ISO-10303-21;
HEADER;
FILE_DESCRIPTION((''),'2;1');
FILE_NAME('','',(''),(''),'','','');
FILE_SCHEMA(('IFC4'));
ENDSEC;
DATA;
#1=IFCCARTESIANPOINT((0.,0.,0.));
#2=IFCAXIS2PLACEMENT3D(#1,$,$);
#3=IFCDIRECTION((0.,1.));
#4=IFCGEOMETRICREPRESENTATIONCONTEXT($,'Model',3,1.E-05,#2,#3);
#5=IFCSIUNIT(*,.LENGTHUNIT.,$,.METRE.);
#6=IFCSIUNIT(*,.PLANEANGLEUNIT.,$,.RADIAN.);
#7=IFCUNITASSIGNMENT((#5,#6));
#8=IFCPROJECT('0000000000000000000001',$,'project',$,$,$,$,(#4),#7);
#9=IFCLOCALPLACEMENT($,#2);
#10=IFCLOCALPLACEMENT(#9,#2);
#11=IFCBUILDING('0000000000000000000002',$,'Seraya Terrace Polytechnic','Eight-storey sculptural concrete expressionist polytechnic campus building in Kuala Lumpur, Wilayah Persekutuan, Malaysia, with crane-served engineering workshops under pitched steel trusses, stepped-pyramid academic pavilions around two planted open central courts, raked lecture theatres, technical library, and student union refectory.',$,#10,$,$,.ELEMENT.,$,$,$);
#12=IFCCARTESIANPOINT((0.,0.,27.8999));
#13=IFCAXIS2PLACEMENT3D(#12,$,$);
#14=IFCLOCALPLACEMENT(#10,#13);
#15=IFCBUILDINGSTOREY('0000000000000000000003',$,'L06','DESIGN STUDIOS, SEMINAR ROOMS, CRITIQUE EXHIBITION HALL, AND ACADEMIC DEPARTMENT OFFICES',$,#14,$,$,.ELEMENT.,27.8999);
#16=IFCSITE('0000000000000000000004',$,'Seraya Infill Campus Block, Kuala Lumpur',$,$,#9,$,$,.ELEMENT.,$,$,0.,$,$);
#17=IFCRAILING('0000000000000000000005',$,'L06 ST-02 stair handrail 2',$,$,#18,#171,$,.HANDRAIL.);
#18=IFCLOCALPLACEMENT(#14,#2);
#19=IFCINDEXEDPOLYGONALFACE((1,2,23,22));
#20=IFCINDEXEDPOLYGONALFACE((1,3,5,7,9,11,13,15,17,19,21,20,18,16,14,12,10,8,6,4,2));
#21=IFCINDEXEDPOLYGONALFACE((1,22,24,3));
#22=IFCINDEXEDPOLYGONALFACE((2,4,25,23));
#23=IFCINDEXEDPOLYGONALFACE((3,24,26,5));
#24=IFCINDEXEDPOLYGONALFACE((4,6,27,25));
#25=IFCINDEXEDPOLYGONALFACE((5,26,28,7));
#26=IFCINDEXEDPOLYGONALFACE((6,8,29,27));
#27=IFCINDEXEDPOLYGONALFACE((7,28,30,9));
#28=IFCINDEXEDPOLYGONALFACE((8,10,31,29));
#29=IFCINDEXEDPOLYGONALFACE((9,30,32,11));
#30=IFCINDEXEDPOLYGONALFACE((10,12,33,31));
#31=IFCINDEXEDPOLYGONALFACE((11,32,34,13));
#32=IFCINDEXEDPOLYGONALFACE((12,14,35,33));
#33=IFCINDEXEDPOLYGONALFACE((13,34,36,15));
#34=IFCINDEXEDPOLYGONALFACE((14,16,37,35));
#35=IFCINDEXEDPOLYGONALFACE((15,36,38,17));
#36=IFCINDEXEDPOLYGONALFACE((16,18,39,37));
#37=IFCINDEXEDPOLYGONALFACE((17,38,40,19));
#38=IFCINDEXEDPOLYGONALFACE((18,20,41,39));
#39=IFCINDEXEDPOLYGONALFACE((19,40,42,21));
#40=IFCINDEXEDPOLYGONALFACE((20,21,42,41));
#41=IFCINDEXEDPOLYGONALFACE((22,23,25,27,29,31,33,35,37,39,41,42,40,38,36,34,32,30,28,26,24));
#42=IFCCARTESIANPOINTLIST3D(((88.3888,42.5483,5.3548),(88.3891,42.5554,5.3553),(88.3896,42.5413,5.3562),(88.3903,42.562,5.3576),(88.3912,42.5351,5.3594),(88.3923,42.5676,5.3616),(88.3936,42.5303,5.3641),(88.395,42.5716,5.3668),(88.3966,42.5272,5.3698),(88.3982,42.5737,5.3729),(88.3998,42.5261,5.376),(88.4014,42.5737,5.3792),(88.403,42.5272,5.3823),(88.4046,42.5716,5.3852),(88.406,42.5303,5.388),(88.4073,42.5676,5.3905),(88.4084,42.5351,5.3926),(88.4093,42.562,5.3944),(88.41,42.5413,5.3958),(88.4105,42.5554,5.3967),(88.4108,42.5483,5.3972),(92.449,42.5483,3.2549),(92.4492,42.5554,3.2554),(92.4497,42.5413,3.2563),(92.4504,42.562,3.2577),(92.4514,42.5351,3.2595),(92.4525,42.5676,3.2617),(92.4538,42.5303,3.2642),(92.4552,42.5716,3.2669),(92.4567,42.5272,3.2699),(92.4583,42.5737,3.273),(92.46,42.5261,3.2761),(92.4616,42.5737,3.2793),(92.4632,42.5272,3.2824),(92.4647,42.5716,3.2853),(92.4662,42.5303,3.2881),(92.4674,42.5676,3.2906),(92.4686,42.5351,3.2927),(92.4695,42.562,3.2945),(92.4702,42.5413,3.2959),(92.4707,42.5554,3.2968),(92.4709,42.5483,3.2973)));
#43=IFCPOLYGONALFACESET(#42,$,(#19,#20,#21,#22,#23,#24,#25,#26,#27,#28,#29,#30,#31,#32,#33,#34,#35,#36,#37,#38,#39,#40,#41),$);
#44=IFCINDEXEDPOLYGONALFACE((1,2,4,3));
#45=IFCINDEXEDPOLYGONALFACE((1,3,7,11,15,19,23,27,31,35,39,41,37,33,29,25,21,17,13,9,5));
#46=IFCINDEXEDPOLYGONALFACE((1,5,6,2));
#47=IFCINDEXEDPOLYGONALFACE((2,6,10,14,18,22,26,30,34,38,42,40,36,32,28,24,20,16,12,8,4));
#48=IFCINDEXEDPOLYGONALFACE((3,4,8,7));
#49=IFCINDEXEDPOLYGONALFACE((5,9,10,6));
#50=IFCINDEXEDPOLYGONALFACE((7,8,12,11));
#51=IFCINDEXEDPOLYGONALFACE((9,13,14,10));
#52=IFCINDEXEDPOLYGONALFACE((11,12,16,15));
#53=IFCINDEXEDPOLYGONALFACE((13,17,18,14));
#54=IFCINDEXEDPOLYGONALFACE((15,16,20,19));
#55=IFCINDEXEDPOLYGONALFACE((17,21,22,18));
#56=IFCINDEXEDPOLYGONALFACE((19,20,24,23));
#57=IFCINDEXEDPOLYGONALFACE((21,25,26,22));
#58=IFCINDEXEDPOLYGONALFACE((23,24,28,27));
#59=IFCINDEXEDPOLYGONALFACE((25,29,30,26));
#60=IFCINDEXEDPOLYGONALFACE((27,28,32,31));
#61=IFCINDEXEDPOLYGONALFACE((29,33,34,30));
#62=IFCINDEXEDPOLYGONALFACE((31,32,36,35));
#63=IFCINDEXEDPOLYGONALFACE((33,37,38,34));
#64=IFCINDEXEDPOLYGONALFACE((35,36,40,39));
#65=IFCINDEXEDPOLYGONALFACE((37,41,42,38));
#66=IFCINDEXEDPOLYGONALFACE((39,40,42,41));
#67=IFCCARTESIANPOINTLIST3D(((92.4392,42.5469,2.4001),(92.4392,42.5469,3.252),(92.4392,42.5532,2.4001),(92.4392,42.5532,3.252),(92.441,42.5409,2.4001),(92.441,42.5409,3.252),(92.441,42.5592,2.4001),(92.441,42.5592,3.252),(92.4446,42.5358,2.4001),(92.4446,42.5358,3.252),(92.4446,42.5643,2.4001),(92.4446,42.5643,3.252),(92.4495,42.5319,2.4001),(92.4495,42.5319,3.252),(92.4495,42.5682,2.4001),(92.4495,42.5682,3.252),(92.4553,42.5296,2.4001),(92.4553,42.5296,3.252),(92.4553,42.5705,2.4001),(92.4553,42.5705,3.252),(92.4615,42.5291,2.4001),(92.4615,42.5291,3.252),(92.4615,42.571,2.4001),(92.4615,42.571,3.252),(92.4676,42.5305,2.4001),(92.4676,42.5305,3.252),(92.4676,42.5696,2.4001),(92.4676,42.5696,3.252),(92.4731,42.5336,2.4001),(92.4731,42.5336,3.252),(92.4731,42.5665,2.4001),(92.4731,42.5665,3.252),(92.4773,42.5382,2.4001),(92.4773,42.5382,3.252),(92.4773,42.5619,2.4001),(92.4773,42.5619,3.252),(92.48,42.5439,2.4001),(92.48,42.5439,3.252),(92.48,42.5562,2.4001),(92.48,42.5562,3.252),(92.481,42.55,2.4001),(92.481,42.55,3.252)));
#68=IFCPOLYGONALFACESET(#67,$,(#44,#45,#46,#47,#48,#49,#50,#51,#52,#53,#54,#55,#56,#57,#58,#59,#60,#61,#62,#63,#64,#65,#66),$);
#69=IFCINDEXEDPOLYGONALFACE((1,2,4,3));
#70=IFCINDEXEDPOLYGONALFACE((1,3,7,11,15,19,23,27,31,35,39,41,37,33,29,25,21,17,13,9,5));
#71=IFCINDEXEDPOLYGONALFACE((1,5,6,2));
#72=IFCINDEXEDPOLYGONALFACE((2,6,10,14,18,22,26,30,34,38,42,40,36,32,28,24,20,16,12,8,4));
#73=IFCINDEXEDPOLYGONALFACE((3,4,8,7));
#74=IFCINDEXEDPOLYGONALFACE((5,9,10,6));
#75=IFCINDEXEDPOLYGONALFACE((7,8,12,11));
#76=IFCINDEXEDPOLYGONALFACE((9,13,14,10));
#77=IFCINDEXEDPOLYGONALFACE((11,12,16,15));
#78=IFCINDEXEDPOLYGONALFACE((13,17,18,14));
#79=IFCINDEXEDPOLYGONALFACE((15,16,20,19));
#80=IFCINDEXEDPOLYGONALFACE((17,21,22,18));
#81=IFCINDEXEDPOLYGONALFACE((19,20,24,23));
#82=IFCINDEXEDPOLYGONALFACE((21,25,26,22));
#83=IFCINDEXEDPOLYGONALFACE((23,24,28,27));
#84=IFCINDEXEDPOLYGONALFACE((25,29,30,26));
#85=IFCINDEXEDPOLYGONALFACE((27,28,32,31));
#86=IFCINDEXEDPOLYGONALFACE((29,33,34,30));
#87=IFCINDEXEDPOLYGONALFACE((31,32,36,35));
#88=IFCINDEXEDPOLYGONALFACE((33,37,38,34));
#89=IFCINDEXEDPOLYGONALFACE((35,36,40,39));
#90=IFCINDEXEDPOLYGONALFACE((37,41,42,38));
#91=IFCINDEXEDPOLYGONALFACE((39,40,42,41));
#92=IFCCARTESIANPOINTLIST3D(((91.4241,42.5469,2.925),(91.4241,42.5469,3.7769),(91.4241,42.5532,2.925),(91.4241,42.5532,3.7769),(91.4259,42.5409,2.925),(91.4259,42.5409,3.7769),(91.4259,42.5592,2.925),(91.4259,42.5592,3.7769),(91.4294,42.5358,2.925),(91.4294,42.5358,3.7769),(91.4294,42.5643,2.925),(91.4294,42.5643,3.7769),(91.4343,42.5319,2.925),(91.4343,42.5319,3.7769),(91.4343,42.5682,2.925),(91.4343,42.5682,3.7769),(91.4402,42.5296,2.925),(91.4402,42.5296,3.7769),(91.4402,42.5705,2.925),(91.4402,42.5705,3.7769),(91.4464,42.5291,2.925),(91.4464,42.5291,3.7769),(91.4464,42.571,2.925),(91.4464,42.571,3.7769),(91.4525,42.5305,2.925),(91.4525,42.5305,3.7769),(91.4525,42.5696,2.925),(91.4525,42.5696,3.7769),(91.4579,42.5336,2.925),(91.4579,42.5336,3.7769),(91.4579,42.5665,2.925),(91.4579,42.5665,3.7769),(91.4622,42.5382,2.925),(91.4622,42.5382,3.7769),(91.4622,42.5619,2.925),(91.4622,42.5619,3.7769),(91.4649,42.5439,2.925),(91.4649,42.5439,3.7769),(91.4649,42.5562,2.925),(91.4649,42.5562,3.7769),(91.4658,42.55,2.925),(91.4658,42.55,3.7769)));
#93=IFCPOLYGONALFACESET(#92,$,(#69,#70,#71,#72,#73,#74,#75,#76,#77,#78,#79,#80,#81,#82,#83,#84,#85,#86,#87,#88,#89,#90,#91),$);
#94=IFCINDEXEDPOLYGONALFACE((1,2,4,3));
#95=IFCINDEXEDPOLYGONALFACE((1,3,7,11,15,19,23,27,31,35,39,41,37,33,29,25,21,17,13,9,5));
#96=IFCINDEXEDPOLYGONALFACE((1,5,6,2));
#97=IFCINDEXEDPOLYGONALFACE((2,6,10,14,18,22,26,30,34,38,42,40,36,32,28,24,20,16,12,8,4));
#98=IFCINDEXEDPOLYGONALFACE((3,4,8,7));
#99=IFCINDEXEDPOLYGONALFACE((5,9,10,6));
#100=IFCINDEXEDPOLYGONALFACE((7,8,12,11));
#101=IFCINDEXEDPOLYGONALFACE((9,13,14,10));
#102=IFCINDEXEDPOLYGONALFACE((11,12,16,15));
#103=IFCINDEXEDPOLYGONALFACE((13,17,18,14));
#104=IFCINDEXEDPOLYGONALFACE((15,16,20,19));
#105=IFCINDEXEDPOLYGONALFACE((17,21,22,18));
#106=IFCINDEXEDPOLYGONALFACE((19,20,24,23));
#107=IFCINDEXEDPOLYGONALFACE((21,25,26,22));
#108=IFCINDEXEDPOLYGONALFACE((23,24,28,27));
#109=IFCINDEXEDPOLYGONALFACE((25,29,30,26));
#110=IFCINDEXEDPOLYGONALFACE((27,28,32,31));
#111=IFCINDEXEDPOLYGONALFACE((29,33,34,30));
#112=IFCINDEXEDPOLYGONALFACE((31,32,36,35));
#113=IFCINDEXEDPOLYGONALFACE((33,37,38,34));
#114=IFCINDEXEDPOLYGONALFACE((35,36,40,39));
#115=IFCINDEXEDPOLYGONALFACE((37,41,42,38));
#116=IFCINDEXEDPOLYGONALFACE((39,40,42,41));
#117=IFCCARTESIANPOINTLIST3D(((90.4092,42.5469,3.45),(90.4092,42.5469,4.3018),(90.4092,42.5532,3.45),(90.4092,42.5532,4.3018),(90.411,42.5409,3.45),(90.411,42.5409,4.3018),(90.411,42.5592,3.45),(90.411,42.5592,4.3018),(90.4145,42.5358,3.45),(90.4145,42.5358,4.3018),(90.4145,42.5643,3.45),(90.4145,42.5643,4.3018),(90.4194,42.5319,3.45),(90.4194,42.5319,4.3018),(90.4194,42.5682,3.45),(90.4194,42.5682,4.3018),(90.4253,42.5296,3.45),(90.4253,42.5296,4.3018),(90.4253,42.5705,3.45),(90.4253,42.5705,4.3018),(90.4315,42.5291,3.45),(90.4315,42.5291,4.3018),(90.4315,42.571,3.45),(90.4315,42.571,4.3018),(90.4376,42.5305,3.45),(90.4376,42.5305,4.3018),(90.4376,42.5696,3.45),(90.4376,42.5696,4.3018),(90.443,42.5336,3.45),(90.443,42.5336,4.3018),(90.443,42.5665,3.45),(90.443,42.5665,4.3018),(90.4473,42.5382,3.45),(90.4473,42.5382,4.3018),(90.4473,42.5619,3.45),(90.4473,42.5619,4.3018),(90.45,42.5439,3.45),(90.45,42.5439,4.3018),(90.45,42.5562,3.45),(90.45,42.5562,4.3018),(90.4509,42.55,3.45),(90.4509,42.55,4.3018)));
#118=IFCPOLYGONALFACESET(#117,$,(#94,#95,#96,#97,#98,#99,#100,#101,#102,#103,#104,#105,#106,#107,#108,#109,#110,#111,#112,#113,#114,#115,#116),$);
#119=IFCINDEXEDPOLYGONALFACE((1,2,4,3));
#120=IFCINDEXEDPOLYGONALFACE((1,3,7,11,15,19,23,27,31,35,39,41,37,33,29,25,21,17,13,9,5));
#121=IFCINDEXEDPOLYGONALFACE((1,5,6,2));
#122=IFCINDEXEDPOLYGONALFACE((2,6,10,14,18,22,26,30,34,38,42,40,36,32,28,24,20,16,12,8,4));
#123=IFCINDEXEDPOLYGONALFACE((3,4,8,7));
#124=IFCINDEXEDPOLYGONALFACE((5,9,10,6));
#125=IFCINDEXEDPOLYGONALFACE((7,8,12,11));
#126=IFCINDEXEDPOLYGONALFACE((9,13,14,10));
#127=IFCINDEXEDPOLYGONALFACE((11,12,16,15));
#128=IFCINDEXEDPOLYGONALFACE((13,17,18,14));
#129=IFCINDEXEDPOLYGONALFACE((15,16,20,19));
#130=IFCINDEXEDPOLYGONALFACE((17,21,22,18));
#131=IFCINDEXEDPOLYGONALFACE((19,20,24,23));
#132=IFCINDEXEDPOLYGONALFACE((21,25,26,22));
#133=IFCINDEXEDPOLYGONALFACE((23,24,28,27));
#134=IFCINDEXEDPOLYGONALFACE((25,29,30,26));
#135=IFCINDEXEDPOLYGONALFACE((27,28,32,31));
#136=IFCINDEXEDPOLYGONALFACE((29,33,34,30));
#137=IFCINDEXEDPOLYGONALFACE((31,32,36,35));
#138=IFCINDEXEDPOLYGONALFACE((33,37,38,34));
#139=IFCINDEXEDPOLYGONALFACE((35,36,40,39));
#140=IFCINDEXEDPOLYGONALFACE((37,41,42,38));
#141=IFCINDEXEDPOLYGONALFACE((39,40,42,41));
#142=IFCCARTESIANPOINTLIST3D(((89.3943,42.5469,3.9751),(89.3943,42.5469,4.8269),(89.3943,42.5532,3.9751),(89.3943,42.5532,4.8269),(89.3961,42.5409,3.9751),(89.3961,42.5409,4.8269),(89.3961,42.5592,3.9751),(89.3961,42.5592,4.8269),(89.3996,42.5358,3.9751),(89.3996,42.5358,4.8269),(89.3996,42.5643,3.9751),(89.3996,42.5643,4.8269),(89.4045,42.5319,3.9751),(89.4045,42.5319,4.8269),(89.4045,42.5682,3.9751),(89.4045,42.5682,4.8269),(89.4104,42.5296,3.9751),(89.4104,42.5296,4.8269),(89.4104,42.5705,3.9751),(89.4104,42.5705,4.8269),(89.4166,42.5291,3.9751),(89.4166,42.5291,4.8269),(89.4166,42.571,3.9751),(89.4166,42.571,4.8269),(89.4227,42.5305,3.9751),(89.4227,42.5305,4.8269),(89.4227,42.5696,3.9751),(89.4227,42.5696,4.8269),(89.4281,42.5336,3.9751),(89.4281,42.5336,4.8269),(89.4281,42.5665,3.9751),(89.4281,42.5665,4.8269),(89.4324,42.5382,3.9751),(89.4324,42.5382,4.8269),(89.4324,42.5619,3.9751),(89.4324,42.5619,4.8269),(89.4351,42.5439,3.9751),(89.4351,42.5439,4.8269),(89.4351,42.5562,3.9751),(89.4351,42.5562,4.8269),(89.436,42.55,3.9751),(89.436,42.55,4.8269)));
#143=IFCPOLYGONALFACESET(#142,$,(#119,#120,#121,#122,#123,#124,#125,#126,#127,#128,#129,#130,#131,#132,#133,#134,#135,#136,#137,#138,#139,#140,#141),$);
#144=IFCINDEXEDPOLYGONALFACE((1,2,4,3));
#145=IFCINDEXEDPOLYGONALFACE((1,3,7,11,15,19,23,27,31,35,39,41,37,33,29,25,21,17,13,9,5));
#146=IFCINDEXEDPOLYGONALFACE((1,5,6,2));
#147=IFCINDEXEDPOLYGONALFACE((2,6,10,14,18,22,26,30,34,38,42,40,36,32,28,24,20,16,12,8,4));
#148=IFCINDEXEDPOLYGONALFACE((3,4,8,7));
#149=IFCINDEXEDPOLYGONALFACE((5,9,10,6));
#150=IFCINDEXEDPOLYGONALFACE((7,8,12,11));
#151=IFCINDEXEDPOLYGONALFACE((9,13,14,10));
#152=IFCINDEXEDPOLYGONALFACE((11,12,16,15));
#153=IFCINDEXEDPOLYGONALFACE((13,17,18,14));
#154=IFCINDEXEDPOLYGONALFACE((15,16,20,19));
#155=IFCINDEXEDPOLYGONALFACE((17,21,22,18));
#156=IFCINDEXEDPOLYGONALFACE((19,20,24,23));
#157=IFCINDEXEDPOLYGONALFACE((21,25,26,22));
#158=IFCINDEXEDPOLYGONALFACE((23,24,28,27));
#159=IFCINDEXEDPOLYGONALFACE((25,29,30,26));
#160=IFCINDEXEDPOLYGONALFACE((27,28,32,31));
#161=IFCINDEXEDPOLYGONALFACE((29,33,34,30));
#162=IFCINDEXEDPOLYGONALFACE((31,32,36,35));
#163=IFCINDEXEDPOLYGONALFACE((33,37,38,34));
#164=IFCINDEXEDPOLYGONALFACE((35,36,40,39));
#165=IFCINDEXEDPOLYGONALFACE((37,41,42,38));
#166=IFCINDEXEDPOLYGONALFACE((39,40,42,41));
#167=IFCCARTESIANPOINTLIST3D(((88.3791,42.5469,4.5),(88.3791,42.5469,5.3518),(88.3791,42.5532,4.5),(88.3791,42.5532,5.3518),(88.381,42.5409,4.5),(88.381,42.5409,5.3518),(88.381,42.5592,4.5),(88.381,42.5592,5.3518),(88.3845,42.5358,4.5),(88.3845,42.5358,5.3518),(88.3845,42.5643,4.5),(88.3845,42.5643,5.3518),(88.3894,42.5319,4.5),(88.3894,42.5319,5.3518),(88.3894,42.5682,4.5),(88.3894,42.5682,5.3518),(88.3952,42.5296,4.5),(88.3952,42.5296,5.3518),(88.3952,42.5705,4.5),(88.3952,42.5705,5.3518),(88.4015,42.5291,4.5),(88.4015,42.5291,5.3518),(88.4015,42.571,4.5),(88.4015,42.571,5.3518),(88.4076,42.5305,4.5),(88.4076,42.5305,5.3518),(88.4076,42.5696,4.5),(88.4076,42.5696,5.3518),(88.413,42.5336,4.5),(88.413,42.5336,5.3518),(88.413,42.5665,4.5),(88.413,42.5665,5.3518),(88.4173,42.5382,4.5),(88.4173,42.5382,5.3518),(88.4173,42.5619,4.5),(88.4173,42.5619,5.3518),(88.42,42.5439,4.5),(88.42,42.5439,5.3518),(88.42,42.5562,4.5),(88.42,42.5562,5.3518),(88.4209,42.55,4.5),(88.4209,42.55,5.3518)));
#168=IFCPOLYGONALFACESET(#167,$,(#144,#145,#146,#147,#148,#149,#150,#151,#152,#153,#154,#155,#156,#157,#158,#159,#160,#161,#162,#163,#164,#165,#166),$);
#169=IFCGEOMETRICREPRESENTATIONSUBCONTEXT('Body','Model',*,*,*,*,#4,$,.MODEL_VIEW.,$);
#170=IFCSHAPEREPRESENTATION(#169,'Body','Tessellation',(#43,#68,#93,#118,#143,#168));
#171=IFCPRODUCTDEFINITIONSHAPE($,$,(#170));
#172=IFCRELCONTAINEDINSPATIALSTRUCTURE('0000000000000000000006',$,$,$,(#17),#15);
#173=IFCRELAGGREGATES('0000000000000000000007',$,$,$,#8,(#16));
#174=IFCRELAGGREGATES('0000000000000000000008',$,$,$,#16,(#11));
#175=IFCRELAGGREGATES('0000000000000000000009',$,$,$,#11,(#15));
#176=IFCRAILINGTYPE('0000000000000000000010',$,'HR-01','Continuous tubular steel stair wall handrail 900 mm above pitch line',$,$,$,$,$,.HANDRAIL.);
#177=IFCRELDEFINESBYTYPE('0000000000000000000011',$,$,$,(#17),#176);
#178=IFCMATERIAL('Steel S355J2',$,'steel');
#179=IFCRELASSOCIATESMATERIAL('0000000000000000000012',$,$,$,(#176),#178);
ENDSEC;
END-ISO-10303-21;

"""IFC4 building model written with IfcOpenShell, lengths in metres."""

from ifc_helpers import new_model, si_unit, direction, frame, origin, origin_2d, place, context, subcontext, project, spatial, circle, extrude, material, type_object, element, save


model = new_model("IFC4")

# Units and contexts
model_context = context("Model", 3, precision=1e-05, world=origin(), true_north=direction((0.0, 1.0)))
body_context = subcontext(model_context, "Body", "Model", "MODEL_VIEW")
ifc_project = project(units=[si_unit("LENGTHUNIT", "METRE"), si_unit("PLANEANGLEUNIT", "RADIAN")], contexts=[model_context])

# Site, building, storey
site_placement = place(None, origin())
site = spatial("IfcSite", under=ifc_project, at=site_placement, Name="Seraya Infill Campus Block, Kuala Lumpur", CompositionType="ELEMENT", RefElevation=0.0)
building_placement = place(site_placement, origin())
building = spatial("IfcBuilding", under=site, at=building_placement, Name="Seraya Terrace Polytechnic", Description="Eight-storey sculptural concrete expressionist polytechnic campus building in Kuala Lumpur, Wilayah Persekutuan, Malaysia, with crane-served engineering workshops under pitched steel trusses, stepped-pyramid academic pavilions around two planted open central courts, raked lecture theatres, technical library, and student union refectory.", CompositionType="ELEMENT")
storey_placement = place(building_placement, frame((0.0, 0.0, 27.8999)))
storey = spatial("IfcBuildingStorey", under=building, at=storey_placement, Name="L06", Description="DESIGN STUDIOS, SEMINAR ROOMS, CRITIQUE EXHIBITION HALL, AND ACADEMIC DEPARTMENT OFFICES", CompositionType="ELEMENT", Elevation=27.8999)

# Shared definitions
ifc_material_1 = material(Name="Steel S355J2", Category="steel")

# Railing
railing_type_1 = type_object("IfcRailingType", Name="HR-01", Description="Continuous tubular steel stair wall handrail 900 mm above pitch line", PredefinedType="HANDRAIL", material=ifc_material_1)
railing_1_placement = place(storey_placement, frame((92.46, 42.55, 2.4001)))
element("IfcRailing", 1, at=railing_1_placement, inside=storey, type_object=railing_type_1, Name="L06 ST-02 stair handrail 2", PredefinedType="HANDRAIL", context=body_context, shape_type="SweptSolid", body=[
    extrude(circle(Radius=0.0239, at=origin_2d()), frame((0.0, 0.0, 0.876), z_axis=(-0.888233, 0.0, 0.459392), x_axis=(0.0, -1.0, 0.0)), (0.0, 0.0, 1.0), 4.571),
    extrude(circle(Radius=0.021, at=origin_2d()), origin(), (0.0, 0.0, 1.0), 0.8518),
    extrude(circle(Radius=0.021, at=origin_2d()), frame((-1.0151, 0.0, 0.5249)), (0.0, 0.0, 1.0), 0.8518),
    extrude(circle(Radius=0.021, at=origin_2d()), frame((-2.03, 0.0, 1.0498)), (0.0, 0.0, 1.0), 0.8518),
    extrude(circle(Radius=0.021, at=origin_2d()), frame((-3.0449, 0.0, 1.575)), (0.0, 0.0, 1.0), 0.8518),
    extrude(circle(Radius=0.021, at=origin_2d()), frame((-4.0601, 0.0, 2.0999)), (0.0, 0.0, 1.0), 0.8518),
])

save(model, "model.ifc")
